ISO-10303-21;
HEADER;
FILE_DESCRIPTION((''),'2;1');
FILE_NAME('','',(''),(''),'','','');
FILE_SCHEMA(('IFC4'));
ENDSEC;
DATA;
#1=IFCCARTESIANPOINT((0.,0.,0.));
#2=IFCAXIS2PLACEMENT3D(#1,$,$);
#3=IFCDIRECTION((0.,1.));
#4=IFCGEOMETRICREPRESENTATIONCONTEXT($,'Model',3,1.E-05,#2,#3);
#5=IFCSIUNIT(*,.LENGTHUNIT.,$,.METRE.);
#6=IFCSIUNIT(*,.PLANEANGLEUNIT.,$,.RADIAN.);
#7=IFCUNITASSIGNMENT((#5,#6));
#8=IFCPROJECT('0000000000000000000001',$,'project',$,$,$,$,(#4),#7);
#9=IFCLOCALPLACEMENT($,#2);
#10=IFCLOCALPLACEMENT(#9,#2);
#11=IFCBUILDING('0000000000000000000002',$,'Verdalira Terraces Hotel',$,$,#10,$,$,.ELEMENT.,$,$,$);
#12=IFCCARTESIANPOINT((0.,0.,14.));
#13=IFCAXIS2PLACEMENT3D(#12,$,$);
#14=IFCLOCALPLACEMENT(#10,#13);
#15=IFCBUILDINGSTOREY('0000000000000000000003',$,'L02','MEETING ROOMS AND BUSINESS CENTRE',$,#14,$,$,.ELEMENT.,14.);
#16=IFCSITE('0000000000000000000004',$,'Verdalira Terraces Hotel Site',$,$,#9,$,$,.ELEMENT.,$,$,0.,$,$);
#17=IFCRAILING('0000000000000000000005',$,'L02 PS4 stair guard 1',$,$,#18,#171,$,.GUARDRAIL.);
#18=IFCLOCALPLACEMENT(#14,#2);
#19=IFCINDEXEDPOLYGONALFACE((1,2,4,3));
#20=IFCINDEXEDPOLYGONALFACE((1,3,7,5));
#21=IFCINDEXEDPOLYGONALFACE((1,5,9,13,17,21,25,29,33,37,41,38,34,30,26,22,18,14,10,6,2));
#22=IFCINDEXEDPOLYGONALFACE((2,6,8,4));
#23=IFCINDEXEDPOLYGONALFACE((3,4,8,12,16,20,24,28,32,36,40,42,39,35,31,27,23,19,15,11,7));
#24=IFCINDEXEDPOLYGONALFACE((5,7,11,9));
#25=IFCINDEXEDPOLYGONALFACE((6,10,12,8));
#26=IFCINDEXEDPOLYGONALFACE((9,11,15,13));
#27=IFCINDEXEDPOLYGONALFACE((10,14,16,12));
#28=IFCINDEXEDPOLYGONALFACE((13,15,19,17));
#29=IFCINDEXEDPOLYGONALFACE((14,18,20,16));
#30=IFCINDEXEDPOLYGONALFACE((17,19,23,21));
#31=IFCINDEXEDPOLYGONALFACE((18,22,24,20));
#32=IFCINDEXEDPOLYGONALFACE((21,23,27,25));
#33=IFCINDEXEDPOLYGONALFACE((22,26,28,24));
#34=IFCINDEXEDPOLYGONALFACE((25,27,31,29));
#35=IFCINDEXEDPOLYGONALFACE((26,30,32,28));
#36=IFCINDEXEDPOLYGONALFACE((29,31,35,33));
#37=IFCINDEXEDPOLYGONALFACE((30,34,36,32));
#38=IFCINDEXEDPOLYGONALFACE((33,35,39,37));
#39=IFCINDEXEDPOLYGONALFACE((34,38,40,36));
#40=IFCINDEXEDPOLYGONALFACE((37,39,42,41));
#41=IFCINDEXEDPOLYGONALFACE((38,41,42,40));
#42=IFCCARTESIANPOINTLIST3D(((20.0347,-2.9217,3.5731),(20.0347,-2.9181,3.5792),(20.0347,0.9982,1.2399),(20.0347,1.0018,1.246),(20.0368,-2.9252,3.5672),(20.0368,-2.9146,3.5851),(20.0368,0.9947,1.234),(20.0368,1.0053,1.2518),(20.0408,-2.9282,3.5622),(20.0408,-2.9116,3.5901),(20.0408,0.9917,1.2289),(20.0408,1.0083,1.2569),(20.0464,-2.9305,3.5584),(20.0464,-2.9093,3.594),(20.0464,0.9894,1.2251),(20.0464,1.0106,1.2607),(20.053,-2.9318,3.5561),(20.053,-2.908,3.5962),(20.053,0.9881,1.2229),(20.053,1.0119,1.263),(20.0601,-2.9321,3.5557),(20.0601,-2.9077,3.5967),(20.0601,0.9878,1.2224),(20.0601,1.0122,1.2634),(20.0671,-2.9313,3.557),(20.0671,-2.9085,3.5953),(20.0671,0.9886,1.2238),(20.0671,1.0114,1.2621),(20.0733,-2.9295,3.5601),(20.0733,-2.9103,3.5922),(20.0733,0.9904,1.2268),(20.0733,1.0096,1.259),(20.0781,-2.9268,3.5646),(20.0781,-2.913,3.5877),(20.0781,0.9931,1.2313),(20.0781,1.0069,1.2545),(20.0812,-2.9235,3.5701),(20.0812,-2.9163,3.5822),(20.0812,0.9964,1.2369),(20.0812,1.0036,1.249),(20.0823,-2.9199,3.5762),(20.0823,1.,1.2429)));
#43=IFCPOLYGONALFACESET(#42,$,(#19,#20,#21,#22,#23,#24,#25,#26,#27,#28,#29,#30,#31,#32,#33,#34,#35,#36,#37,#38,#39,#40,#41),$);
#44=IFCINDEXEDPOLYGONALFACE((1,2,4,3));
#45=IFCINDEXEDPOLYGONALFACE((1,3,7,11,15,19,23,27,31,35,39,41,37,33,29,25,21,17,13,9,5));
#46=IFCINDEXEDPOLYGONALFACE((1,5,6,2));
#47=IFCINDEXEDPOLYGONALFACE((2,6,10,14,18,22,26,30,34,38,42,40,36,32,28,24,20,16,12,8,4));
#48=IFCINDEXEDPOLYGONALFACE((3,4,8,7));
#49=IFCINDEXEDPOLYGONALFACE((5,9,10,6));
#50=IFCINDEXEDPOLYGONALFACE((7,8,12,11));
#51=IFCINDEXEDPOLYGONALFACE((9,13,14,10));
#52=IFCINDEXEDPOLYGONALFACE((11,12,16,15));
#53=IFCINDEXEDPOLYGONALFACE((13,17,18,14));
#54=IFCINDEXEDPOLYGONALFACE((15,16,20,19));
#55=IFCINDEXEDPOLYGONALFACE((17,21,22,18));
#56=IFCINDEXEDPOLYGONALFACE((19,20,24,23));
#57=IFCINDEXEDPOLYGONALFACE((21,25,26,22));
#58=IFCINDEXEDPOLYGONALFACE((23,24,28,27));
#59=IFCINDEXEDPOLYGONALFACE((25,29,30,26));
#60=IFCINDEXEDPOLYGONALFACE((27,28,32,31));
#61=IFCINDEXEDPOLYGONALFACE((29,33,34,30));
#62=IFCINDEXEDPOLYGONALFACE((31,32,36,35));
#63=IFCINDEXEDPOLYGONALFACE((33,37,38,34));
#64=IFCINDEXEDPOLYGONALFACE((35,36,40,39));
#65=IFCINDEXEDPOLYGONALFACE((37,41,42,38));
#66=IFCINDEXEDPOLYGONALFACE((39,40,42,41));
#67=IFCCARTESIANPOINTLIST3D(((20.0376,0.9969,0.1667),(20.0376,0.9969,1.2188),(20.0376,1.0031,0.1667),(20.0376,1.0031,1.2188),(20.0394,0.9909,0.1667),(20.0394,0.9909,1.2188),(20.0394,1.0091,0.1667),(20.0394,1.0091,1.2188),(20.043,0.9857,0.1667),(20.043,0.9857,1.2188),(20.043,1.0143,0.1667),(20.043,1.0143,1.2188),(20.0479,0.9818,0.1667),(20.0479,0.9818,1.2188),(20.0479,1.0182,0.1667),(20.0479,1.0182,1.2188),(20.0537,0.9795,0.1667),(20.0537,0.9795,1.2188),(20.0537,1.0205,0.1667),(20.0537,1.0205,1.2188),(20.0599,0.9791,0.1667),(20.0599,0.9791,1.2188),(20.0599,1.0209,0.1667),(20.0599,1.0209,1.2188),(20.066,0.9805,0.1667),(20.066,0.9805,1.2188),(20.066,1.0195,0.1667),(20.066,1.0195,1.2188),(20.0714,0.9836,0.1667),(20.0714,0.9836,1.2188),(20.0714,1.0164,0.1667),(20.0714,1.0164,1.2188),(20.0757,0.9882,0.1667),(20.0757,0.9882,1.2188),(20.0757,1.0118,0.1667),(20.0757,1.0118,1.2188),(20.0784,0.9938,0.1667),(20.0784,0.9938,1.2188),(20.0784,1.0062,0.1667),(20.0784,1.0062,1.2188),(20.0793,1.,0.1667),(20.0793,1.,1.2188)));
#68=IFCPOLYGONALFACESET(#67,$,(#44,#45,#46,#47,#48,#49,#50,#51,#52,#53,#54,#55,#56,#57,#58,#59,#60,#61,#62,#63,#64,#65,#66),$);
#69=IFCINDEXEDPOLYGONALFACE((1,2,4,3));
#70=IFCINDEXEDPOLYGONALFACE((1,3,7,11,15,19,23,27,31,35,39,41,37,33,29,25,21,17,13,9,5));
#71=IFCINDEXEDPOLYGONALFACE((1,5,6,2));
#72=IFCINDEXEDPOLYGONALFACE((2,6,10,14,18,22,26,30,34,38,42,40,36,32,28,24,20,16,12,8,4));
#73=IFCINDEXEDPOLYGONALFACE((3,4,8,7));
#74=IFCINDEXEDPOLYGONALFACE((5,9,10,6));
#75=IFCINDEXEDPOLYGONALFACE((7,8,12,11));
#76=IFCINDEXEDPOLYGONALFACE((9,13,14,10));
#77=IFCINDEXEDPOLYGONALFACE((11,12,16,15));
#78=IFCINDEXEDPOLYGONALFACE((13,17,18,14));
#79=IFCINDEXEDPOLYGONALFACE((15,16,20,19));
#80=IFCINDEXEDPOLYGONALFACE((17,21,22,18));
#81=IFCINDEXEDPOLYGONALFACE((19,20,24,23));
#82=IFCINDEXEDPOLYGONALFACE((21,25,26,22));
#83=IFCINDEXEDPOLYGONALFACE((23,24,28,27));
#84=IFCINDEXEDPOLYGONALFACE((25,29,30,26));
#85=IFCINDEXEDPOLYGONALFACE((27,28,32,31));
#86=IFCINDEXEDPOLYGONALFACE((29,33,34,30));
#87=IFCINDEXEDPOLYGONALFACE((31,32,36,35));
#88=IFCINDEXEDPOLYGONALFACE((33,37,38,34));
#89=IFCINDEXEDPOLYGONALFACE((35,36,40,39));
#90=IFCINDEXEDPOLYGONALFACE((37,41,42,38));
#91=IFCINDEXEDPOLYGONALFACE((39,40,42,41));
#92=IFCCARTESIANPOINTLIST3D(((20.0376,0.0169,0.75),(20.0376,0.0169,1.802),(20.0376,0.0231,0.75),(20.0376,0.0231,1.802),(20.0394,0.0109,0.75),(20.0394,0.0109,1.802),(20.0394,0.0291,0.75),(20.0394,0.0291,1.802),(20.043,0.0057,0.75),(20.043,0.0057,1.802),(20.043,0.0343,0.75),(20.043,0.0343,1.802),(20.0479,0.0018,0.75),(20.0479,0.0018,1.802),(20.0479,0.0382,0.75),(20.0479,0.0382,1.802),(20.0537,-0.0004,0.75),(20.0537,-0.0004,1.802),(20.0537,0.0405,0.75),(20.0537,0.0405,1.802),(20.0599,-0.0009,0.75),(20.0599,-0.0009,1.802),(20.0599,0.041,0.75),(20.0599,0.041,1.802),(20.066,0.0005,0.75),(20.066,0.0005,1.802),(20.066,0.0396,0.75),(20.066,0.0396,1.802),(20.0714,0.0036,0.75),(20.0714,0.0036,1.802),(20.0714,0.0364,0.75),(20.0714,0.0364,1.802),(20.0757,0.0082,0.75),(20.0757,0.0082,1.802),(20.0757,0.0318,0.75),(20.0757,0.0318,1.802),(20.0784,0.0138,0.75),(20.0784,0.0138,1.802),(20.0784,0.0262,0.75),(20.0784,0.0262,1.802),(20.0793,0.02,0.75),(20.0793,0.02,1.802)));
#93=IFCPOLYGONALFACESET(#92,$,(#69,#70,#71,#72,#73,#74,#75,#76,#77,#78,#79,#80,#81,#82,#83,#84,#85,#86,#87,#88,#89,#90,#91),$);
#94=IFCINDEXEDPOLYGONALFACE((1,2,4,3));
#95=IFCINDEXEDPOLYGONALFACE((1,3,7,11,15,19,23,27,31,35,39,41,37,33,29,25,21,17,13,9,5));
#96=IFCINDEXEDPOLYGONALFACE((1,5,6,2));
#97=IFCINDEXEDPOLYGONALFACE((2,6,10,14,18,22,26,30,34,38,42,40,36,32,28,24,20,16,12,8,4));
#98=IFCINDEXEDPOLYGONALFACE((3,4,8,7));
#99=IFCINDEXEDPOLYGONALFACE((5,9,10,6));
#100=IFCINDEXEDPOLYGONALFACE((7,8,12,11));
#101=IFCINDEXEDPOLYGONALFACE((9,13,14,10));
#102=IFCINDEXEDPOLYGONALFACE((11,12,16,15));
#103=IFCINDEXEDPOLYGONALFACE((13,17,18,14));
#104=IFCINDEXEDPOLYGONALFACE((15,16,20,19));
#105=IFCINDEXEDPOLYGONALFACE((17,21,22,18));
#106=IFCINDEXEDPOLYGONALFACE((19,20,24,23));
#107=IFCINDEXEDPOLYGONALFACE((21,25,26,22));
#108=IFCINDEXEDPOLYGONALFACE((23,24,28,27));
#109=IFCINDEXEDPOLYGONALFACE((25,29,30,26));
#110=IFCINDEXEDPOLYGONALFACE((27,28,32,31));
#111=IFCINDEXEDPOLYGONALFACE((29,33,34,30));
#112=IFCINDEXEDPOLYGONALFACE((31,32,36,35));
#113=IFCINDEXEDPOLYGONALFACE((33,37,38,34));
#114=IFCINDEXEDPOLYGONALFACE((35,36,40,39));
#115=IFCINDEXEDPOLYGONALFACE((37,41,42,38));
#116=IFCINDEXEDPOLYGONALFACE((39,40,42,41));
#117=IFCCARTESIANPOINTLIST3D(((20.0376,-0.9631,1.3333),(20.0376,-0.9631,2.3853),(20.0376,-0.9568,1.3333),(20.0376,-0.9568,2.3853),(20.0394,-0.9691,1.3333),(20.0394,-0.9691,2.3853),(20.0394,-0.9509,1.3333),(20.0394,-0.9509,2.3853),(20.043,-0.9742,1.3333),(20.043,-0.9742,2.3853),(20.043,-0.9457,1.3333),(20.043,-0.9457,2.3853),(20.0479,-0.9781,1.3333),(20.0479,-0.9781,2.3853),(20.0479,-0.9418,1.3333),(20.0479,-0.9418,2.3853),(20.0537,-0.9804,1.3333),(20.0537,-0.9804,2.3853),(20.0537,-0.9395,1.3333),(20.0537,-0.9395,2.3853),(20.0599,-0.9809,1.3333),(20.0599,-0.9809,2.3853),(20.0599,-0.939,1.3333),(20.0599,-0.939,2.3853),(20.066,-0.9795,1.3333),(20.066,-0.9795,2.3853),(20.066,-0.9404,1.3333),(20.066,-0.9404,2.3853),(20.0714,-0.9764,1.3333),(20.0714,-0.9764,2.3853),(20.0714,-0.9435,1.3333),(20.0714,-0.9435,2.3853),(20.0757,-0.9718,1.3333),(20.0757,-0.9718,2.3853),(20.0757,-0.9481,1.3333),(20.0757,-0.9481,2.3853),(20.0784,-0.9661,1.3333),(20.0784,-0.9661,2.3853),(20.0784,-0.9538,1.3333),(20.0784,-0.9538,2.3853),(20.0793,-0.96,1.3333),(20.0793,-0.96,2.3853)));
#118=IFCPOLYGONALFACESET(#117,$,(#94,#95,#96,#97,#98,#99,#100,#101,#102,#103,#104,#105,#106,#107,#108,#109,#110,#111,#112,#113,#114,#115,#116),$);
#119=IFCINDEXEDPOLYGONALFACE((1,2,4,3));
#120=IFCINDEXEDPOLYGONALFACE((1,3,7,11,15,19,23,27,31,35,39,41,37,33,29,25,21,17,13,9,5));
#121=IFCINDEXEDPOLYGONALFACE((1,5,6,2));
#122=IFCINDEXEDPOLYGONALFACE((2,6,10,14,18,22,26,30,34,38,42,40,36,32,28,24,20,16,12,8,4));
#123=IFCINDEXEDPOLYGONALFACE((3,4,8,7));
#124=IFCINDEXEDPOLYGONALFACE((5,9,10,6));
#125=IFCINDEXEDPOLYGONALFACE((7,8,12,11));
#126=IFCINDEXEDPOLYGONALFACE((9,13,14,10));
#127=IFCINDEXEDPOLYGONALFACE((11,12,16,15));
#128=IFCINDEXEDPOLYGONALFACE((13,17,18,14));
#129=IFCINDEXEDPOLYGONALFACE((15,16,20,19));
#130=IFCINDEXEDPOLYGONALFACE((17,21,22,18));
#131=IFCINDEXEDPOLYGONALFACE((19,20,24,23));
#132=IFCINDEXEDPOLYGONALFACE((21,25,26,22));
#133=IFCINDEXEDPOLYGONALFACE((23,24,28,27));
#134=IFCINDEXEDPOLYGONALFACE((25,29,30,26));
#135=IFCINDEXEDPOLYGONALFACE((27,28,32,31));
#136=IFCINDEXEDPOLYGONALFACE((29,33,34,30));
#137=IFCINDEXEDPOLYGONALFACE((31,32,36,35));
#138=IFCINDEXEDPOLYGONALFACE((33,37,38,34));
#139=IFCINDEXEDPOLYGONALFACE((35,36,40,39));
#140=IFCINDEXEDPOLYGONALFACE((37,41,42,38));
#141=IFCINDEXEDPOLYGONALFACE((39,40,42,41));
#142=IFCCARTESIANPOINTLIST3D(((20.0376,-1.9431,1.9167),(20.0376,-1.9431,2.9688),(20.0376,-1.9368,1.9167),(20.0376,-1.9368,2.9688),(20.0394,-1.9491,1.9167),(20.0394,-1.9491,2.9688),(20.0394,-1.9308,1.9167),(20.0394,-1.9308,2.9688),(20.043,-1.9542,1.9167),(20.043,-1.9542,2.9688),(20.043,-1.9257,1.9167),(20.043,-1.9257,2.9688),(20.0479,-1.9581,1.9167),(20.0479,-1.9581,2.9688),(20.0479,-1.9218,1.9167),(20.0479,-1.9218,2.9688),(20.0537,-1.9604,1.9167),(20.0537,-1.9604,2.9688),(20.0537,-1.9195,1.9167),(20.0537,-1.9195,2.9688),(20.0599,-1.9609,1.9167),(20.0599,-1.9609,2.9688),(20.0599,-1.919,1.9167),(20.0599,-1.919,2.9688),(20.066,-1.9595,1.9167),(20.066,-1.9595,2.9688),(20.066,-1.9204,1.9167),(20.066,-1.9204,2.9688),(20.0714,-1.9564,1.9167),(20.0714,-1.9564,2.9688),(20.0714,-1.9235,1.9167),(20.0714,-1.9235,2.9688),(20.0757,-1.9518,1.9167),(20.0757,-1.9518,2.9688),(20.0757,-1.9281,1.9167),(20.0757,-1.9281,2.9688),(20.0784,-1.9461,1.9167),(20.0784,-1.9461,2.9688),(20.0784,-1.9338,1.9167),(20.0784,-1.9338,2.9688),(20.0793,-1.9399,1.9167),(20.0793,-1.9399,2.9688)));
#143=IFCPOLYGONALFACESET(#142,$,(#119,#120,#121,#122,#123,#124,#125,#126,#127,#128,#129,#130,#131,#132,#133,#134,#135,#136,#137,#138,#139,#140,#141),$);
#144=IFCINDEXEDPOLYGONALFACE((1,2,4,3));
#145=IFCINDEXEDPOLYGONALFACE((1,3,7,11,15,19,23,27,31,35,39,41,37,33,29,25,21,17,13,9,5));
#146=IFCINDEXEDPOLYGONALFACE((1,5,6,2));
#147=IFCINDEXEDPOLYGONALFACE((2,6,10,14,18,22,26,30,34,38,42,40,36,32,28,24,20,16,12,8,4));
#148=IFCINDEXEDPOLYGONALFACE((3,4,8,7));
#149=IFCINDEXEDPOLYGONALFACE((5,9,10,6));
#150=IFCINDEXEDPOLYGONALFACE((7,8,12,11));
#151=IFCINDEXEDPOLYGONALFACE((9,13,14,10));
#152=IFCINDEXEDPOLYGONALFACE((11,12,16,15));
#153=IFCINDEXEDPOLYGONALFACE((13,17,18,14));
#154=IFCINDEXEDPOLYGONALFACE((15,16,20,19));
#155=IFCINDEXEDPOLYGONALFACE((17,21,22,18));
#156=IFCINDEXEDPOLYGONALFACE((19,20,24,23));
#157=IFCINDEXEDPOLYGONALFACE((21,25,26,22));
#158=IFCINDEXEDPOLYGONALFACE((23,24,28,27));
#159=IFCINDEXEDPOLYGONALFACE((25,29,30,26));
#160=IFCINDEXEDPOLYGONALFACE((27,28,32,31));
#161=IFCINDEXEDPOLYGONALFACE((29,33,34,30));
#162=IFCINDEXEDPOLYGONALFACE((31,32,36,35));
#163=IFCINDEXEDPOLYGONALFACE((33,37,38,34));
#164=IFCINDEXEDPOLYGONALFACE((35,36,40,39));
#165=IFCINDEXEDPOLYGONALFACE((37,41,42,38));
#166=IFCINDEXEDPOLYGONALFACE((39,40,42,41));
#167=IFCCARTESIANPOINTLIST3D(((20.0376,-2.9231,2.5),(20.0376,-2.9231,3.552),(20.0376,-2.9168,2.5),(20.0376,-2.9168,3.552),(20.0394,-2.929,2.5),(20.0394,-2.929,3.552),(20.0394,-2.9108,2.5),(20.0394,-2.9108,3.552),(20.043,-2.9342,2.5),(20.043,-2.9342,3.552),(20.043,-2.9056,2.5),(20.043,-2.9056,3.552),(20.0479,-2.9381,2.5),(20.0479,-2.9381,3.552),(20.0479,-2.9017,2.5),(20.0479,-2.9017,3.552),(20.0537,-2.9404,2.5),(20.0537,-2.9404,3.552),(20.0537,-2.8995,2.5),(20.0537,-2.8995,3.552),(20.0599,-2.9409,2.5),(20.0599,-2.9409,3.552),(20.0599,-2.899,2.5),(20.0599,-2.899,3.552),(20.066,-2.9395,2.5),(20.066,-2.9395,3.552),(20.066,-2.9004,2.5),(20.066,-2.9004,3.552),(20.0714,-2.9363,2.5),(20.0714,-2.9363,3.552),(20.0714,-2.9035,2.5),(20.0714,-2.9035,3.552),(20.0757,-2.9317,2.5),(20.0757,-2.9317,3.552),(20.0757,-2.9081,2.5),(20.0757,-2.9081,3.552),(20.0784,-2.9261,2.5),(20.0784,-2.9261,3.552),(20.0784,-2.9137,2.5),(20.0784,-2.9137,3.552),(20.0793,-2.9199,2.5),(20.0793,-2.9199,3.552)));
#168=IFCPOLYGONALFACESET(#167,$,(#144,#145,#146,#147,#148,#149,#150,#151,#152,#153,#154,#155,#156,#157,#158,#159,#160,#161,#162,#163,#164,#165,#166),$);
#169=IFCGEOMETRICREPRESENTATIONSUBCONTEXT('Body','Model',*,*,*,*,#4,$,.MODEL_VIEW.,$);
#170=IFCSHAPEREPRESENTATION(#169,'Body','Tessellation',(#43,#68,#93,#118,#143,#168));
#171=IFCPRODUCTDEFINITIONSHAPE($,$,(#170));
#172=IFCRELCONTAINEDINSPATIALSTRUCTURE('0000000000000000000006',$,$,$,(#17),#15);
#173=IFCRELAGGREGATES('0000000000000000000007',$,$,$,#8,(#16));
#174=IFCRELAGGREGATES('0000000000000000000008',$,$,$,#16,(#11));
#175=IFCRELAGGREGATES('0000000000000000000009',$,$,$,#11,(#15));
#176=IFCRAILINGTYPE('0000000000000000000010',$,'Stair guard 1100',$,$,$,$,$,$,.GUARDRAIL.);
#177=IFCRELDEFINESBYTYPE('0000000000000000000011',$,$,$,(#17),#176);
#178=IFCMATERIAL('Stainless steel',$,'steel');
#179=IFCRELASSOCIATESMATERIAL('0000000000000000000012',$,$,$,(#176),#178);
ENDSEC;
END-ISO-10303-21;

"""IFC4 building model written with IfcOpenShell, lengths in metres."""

from ifc_helpers import new_model, si_unit, direction, frame, origin, origin_2d, place, context, subcontext, project, spatial, circle, extrude, material, type_object, element, save


model = new_model("IFC4")

# Units and contexts
model_context = context("Model", 3, precision=1e-05, world=origin(), true_north=direction((0.0, 1.0)))
body_context = subcontext(model_context, "Body", "Model", "MODEL_VIEW")
ifc_project = project(units=[si_unit("LENGTHUNIT", "METRE"), si_unit("PLANEANGLEUNIT", "RADIAN")], contexts=[model_context])

# Site, building, storey
site_placement = place(None, origin())
site = spatial("IfcSite", under=ifc_project, at=site_placement, Name="Verdalira Terraces Hotel Site", CompositionType="ELEMENT", RefElevation=0.0)
building_placement = place(site_placement, origin())
building = spatial("IfcBuilding", under=site, at=building_placement, Name="Verdalira Terraces Hotel", CompositionType="ELEMENT")
storey_placement = place(building_placement, frame((0.0, 0.0, 14.0)))
storey = spatial("IfcBuildingStorey", under=building, at=storey_placement, Name="L02", Description="MEETING ROOMS AND BUSINESS CENTRE", CompositionType="ELEMENT", Elevation=14.0)

# Railing
ifc_material_1 = material(Name="Stainless steel", Category="steel")
railing_type_1 = type_object("IfcRailingType", Name="Stair guard 1100", PredefinedType="GUARDRAIL", material=ifc_material_1)
railing_1_placement = place(storey_placement, frame((20.0584, 1.0, 0.1667)))
element("IfcRailing", 1, at=railing_1_placement, inside=storey, type_object=railing_type_1, Name="L02 PS4 stair guard 1", PredefinedType="GUARDRAIL", context=body_context, shape_type="SweptSolid", body=[
    extrude(circle(Radius=0.0239, at=origin_2d()), frame((0.0, 0.0, 1.0762), z_axis=(0.0, -0.859296, 0.511478), x_axis=(1.0, 0.0, 0.0)), (0.0, 0.0, 1.0), 4.5618),
    extrude(circle(Radius=0.021, at=origin_2d()), origin(), (0.0, 0.0, 1.0), 1.052),
    extrude(circle(Radius=0.021, at=origin_2d()), frame((0.0, -0.98, 0.5833)), (0.0, 0.0, 1.0), 1.052),
    extrude(circle(Radius=0.021, at=origin_2d()), frame((0.0, -1.96, 1.1665)), (0.0, 0.0, 1.0), 1.052),
    extrude(circle(Radius=0.021, at=origin_2d()), frame((0.0, -2.9399, 1.75)), (0.0, 0.0, 1.0), 1.052),
    extrude(circle(Radius=0.021, at=origin_2d()), frame((0.0, -3.9199, 2.3333)), (0.0, 0.0, 1.0), 1.052),
])

save(model, "model.ifc")
